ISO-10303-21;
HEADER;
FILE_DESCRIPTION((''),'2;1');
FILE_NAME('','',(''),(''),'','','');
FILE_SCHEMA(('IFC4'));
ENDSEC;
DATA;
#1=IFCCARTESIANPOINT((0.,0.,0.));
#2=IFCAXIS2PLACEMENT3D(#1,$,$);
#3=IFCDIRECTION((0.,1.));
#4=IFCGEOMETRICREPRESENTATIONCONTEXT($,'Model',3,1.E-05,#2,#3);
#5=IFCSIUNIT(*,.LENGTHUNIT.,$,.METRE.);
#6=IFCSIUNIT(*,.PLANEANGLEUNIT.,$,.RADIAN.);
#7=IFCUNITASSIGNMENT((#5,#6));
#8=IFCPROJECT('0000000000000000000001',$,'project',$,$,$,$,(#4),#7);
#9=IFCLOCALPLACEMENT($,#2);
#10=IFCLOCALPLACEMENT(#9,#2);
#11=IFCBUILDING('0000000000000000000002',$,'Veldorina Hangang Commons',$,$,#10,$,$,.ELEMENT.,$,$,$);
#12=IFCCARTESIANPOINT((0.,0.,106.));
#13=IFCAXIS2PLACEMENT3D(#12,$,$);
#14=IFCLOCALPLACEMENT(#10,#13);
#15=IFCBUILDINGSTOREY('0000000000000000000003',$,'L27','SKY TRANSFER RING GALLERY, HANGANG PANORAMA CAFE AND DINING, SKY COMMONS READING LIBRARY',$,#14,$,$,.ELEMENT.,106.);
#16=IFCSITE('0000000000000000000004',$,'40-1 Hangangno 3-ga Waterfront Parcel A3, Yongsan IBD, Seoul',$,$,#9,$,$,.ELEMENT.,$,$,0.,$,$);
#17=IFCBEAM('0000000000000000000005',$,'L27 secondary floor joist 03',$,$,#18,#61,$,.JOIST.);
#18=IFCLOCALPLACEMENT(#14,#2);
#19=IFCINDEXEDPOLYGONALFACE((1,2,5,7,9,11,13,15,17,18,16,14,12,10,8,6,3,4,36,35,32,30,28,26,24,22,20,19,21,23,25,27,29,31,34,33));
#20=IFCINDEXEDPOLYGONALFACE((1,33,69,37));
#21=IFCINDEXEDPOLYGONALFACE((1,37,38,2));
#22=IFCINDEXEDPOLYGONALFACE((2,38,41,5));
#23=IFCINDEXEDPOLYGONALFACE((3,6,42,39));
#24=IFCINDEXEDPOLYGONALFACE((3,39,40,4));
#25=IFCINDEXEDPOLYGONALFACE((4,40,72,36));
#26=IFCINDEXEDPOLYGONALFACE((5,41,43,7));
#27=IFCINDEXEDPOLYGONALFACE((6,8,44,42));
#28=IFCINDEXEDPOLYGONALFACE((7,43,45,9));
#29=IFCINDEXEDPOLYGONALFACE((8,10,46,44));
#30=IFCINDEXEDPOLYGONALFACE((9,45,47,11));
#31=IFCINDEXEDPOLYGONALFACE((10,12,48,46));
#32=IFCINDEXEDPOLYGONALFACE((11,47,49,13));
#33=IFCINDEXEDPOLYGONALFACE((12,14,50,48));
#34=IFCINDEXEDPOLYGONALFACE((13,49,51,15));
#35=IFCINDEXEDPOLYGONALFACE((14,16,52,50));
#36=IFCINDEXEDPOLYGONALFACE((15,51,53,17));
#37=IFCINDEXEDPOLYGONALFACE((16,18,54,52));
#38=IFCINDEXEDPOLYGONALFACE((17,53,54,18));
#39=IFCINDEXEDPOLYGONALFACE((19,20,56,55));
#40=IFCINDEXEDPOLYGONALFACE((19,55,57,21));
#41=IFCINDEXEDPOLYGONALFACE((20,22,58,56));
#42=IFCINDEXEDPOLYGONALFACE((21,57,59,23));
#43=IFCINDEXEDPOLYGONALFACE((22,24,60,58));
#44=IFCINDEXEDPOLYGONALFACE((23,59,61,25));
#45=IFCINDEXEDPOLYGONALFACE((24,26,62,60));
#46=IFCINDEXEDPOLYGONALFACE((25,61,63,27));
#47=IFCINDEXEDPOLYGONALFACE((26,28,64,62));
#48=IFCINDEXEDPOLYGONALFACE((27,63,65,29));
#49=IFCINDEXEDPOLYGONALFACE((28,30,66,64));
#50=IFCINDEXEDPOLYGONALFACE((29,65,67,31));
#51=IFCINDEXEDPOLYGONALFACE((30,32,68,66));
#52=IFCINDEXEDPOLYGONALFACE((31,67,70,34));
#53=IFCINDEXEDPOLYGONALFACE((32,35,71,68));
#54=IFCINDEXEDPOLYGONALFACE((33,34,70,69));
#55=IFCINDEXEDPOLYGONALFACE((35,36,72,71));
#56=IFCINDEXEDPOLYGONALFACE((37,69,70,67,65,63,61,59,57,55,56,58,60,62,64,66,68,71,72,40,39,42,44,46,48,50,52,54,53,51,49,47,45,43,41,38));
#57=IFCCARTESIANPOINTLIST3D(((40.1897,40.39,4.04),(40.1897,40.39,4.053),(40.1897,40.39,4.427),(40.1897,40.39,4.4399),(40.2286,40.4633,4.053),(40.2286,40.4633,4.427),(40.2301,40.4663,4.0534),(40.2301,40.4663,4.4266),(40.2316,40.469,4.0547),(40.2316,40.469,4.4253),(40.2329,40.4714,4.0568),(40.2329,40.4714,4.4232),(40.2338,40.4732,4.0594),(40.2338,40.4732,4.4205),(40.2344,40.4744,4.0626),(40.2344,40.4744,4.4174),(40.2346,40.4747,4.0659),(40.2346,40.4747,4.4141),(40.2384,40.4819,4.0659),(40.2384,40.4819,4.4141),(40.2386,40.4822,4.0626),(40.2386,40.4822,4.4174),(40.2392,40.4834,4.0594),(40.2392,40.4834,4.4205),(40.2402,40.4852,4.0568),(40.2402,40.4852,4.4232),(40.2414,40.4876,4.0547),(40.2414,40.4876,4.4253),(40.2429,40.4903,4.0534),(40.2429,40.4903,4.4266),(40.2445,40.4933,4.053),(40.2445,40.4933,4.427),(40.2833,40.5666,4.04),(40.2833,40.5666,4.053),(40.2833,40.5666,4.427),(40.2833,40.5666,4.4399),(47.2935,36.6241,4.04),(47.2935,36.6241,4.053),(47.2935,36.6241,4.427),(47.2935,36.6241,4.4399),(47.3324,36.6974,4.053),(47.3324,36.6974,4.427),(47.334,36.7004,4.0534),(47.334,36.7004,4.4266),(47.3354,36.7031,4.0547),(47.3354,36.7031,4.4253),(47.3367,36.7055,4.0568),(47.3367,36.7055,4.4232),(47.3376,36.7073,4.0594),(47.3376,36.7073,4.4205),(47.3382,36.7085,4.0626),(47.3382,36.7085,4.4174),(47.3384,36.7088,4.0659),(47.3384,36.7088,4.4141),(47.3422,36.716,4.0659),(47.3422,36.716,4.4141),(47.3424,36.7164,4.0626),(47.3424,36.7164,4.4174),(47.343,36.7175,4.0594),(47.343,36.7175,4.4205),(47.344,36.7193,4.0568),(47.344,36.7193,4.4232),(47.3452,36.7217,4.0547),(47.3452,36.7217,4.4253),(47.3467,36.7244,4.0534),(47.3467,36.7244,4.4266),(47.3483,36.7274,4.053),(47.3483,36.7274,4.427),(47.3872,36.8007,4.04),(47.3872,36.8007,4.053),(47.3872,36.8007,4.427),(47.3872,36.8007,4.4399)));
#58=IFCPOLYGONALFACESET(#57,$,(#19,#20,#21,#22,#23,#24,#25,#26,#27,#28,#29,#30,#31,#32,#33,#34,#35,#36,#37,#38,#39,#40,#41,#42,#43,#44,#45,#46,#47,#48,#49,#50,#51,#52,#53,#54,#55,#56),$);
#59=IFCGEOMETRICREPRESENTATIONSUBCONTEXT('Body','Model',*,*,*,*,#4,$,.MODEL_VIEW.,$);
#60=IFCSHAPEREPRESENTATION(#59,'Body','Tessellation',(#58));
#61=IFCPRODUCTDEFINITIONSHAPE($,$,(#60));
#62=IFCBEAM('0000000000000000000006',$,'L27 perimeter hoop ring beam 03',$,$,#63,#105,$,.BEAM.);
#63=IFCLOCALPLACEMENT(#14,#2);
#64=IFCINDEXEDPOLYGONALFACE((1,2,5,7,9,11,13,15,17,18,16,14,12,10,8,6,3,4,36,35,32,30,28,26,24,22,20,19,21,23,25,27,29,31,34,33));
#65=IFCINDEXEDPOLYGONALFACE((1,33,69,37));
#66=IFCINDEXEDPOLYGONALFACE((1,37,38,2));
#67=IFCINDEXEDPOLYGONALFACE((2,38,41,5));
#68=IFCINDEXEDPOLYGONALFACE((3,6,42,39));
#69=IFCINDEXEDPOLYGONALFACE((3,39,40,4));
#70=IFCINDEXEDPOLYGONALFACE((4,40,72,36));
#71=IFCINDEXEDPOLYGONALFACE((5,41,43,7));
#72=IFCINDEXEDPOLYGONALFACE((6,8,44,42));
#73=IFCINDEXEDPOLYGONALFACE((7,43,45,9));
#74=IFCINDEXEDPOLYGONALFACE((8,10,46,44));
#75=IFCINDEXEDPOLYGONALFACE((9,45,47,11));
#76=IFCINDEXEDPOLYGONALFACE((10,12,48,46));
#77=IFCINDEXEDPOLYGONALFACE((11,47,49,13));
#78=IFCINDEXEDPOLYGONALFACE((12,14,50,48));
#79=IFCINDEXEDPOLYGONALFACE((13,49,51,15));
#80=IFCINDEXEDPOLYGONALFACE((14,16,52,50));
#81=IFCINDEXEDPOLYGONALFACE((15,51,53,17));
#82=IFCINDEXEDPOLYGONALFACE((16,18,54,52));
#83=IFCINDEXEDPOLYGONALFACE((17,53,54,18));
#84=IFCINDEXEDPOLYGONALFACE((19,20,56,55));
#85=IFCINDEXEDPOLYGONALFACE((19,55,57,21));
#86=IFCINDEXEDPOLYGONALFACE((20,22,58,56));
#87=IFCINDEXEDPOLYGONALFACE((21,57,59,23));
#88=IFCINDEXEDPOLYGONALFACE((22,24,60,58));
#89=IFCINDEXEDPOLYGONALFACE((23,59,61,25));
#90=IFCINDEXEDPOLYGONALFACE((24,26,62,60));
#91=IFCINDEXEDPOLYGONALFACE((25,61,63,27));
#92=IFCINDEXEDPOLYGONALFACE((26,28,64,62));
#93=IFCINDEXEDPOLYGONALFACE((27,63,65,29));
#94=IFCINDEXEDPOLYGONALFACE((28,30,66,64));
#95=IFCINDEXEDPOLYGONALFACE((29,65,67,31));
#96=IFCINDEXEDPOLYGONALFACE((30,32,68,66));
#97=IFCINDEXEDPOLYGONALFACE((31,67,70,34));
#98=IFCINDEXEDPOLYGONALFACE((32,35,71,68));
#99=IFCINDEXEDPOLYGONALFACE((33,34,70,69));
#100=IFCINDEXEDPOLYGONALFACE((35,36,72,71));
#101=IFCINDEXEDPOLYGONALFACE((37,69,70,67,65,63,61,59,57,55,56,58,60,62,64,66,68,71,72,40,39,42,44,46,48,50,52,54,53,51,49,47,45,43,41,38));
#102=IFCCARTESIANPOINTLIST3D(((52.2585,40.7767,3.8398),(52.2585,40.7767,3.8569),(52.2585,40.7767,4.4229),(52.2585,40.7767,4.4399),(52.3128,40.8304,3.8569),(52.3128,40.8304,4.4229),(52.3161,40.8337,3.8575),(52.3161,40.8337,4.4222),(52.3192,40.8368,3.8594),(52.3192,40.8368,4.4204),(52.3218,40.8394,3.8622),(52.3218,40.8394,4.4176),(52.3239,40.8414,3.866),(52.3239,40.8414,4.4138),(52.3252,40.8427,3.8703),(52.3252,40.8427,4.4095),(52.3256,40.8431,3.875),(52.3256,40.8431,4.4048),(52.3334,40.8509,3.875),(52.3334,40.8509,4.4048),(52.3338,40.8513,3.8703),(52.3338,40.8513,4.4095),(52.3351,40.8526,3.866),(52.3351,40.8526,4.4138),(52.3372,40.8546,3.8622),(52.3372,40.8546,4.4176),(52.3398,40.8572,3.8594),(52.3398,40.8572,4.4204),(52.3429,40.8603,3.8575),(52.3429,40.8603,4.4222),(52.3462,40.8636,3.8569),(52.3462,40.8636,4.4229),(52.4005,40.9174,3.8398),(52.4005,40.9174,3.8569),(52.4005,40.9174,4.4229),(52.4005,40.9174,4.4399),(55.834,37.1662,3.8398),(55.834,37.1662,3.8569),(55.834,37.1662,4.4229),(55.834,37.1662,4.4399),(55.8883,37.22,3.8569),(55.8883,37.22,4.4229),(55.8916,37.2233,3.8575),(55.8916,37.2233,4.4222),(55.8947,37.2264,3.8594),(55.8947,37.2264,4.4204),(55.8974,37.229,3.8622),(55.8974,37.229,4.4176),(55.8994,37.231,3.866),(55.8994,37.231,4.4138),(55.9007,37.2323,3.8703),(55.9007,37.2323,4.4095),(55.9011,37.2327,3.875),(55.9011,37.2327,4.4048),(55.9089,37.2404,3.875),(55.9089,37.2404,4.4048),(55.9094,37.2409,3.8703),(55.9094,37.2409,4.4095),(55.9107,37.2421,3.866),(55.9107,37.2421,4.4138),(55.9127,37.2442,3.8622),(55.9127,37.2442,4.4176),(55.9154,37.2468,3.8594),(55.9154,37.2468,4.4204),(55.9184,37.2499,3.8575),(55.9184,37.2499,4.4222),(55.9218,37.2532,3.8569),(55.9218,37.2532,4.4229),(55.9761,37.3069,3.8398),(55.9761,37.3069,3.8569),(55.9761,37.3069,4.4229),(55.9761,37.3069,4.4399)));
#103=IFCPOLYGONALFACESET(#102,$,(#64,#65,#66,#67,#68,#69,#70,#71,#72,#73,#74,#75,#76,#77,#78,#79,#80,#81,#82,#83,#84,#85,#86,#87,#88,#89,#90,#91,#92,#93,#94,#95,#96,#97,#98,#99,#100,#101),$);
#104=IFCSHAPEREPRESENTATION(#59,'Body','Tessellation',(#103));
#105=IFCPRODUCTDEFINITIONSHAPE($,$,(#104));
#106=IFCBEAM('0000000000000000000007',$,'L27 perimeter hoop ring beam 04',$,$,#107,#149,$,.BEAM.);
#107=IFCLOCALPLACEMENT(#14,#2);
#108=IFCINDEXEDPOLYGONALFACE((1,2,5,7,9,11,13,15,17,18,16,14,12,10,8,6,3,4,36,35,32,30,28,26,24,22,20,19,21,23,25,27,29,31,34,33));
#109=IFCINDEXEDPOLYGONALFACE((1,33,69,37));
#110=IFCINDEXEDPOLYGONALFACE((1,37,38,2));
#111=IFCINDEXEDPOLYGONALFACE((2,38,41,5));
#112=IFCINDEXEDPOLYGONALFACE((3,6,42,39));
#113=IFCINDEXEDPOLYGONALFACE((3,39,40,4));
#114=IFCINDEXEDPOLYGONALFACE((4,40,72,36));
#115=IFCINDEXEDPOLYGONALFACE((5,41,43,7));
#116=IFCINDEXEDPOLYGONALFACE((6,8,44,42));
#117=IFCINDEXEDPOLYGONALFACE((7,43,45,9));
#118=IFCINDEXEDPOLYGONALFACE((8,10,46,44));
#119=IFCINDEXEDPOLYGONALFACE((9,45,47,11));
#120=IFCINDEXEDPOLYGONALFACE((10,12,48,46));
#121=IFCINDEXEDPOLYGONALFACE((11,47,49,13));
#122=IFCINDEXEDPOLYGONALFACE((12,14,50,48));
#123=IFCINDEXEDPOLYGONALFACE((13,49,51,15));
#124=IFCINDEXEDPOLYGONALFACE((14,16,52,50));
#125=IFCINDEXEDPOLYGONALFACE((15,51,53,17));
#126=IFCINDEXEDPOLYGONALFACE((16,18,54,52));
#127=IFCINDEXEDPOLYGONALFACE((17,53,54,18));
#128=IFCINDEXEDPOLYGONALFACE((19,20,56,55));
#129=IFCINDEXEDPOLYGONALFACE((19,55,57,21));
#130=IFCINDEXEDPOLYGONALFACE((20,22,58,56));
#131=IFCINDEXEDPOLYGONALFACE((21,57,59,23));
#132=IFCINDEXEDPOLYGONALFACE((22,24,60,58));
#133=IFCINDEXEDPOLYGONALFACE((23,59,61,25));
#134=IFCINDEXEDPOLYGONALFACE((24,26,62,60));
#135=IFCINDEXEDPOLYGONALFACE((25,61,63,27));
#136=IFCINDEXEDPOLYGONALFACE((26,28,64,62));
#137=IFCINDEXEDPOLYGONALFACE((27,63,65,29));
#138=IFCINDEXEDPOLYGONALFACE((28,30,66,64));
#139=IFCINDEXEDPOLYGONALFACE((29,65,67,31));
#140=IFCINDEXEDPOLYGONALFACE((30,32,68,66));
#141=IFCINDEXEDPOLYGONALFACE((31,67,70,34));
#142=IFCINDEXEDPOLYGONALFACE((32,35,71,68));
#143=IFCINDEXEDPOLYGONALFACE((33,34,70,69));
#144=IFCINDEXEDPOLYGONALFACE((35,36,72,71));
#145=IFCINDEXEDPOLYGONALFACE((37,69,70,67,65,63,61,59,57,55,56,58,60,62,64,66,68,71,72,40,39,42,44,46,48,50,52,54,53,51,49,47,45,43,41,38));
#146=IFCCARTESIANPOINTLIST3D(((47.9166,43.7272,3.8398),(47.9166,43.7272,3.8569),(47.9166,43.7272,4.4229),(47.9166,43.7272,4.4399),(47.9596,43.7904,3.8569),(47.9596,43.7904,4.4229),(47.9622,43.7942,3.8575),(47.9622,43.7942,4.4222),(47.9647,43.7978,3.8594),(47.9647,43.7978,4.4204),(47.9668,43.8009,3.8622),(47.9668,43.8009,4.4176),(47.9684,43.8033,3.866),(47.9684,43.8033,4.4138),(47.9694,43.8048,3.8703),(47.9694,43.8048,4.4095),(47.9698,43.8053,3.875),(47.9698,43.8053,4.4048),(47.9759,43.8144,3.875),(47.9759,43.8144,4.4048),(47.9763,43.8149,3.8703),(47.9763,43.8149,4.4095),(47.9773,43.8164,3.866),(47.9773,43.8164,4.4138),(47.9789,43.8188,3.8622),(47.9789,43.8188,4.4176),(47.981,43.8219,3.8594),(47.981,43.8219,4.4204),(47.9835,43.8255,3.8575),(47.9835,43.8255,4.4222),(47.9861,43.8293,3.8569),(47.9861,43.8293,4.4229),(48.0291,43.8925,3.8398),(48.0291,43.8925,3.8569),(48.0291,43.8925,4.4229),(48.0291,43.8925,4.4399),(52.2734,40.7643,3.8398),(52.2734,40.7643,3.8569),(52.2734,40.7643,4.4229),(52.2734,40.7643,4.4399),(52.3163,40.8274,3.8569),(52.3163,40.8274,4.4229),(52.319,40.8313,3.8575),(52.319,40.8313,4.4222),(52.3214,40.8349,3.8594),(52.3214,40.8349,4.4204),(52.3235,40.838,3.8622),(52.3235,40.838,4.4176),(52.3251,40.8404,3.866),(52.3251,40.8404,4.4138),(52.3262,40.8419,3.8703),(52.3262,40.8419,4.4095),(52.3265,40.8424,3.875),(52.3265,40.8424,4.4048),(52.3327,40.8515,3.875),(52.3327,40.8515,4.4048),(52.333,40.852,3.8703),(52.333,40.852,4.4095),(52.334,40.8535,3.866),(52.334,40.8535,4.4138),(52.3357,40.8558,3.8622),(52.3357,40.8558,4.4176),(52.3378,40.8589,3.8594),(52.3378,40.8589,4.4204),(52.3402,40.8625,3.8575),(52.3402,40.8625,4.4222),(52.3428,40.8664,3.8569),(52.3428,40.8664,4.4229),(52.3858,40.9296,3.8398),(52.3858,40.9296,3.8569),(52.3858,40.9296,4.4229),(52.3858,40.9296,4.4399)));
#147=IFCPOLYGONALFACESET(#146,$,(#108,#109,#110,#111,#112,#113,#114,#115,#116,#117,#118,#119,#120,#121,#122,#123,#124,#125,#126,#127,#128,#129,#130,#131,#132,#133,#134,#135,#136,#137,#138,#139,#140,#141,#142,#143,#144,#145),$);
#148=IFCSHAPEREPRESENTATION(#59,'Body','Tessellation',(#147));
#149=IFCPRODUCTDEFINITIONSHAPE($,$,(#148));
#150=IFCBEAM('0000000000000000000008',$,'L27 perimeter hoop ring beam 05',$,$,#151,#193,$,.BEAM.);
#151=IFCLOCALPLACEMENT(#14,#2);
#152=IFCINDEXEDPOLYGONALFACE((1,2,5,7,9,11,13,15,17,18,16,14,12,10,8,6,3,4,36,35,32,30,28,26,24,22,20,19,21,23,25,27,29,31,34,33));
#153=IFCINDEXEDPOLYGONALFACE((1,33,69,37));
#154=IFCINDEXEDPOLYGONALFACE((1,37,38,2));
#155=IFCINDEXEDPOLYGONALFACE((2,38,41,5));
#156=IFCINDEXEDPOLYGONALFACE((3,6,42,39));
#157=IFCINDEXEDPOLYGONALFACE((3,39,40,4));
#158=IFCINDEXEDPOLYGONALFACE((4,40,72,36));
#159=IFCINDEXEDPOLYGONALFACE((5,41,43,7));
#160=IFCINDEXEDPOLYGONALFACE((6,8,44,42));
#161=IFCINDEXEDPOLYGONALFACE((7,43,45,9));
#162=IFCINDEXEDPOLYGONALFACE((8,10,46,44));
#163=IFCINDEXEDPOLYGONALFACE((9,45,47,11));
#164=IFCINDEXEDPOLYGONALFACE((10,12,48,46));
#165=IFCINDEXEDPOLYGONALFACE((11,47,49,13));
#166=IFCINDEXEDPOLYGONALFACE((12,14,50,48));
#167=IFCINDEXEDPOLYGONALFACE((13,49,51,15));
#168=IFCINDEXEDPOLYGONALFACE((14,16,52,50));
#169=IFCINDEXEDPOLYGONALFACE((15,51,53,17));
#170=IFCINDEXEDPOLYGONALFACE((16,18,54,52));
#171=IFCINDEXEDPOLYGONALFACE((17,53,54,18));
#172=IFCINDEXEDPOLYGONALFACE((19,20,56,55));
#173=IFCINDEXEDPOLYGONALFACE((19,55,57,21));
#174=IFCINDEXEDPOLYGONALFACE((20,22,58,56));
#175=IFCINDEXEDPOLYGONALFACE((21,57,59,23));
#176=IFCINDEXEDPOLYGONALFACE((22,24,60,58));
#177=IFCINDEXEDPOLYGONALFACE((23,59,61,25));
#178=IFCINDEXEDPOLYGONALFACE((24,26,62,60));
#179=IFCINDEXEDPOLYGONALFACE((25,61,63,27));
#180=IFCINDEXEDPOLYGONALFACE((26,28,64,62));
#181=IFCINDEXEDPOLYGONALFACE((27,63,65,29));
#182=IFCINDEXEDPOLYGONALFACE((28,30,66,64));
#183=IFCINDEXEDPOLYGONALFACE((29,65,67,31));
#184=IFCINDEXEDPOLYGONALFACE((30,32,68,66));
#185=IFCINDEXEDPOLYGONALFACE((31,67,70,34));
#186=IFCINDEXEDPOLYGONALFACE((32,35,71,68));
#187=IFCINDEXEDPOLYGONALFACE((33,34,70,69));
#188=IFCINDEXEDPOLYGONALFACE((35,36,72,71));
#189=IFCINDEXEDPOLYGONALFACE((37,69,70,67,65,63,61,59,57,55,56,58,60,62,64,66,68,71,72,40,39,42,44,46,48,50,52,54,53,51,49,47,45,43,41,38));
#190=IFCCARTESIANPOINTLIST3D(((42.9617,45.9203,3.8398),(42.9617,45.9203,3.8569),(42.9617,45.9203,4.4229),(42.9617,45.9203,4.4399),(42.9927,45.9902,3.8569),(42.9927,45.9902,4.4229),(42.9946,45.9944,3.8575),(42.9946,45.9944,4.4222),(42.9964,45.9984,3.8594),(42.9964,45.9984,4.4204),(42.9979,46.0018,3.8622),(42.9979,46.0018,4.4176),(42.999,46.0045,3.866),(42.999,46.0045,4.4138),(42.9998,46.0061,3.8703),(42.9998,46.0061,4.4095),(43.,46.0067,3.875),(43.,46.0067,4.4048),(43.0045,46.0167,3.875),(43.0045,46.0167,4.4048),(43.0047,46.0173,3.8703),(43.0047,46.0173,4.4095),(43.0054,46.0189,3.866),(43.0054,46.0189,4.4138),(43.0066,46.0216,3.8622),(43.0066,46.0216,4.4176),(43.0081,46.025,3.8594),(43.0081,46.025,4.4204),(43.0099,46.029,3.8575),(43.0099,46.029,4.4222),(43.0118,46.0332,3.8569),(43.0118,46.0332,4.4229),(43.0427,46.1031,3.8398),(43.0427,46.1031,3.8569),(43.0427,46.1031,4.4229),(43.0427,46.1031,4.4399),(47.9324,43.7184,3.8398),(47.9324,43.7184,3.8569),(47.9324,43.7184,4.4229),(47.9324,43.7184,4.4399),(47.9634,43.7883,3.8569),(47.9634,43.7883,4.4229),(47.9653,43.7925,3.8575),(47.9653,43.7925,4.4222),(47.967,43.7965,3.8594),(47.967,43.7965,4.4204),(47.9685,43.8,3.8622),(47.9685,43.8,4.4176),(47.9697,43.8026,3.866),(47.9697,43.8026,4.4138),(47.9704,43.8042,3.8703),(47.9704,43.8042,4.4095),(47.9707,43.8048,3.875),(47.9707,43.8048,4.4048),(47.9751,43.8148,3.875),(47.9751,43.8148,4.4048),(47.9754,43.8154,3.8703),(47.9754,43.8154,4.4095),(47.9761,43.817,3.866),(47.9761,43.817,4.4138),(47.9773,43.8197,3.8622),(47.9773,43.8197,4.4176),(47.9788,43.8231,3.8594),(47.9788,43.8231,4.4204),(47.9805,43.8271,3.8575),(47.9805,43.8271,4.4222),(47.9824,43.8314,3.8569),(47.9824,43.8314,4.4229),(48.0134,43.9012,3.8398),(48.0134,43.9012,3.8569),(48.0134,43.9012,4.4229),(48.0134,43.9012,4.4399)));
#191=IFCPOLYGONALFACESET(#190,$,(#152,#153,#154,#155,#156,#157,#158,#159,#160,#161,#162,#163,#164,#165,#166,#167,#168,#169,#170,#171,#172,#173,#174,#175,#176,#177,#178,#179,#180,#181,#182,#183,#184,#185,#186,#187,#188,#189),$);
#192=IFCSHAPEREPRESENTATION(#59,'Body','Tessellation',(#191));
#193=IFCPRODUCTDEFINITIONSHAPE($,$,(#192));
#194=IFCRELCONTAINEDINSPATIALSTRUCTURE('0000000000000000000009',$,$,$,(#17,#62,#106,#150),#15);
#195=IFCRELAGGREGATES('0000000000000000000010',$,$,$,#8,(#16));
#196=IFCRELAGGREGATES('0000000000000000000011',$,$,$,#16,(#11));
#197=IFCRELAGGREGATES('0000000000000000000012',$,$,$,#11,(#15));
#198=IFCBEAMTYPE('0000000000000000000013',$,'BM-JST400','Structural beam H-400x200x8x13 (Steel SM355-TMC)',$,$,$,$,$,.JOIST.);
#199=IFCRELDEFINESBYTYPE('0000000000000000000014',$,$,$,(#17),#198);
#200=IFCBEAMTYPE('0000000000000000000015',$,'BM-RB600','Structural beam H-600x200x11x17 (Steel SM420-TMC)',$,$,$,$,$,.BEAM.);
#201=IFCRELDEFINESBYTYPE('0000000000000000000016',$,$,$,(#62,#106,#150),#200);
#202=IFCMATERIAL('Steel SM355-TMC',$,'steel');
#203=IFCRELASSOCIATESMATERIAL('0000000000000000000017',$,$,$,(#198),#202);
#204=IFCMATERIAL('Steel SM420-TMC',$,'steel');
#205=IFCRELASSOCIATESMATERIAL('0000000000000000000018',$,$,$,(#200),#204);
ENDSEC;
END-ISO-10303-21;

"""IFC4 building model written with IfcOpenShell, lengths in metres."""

from ifc_helpers import new_model, si_unit, direction, frame, origin, origin_2d, place, context, subcontext, project, spatial, i_section, extrude, material, material_profile, profile_set, type_object, element, save


model = new_model("IFC4")

# Units and contexts
model_context = context("Model", 3, precision=1e-05, world=origin(), true_north=direction((0.0, 1.0)))
body_context = subcontext(model_context, "Body", "Model", "MODEL_VIEW")
ifc_project = project(units=[si_unit("LENGTHUNIT", "METRE"), si_unit("PLANEANGLEUNIT", "RADIAN")], contexts=[model_context])

# Site, building, storey
site_placement = place(None, origin())
site = spatial("IfcSite", under=ifc_project, at=site_placement, Name="40-1 Hangangno 3-ga Waterfront Parcel A3, Yongsan IBD, Seoul", CompositionType="ELEMENT", RefElevation=0.0)
building_placement = place(site_placement, origin())
building = spatial("IfcBuilding", under=site, at=building_placement, Name="Veldorina Hangang Commons", CompositionType="ELEMENT")
storey_placement = place(building_placement, frame((0.0, 0.0, 106.0)))
storey = spatial("IfcBuildingStorey", under=building, at=storey_placement, Name="L27", Description="SKY TRANSFER RING GALLERY, HANGANG PANORAMA CAFE AND DINING, SKY COMMONS READING LIBRARY", CompositionType="ELEMENT", Elevation=106.0)

# Beams
ifc_material_1 = material(Name="Steel SM355-TMC", Category="steel")
ifc_material_profile_1 = material_profile(ifc_material_1, i_section(OverallWidth=0.2, OverallDepth=0.3999, WebThickness=0.0081, FlangeThickness=0.0129, FilletRadius=0.0129, at=origin_2d()), Name="H-400x200x8x13")
ifc_profile_set_1 = profile_set([ifc_material_profile_1], Name="Steel SM355-TMC")
beam_type_1 = type_object("IfcBeamType", Name="BM-JST400", Description="Structural beam H-400x200x8x13 (Steel SM355-TMC)", PredefinedType="JOIST", material=ifc_profile_set_1)
beam_1_placement = place(storey_placement, frame((47.3403, 36.7124, 4.24), z_axis=(-0.883528, 0.468379, 0.0), x_axis=(-0.468379, -0.883528, 0.0)))
element("IfcBeam", 1, at=beam_1_placement, inside=storey, type_object=beam_type_1, Name="L27 secondary floor joist 03", PredefinedType="JOIST", context=body_context, shape_type="SweptSolid", body=[
    extrude(i_section(OverallWidth=0.2, OverallDepth=0.3999, WebThickness=0.0081, FlangeThickness=0.0129, FilletRadius=0.0129, at=origin_2d()), origin(), (0.0, 0.0, 1.0), 8.0403),
])
ifc_material_2 = material(Name="Steel SM420-TMC", Category="steel")
ifc_material_profile_2 = material_profile(ifc_material_2, i_section(OverallWidth=0.2, OverallDepth=0.6001, WebThickness=0.011, FlangeThickness=0.0171, FilletRadius=0.0181, at=origin_2d()), Name="H-600x200x11x17")
ifc_profile_set_2 = profile_set([ifc_material_profile_2], Name="Steel SM420-TMC")
beam_type_2 = type_object("IfcBeamType", Name="BM-RB600", Description="Structural beam H-600x200x11x17 (Steel SM420-TMC)", PredefinedType="BEAM", material=ifc_profile_set_2)
beam_2_placement = place(storey_placement, frame((55.905, 37.2366, 4.1399), z_axis=(-0.703663, 0.710534, 0.0), x_axis=(-0.710534, -0.703663, 0.0)))
element("IfcBeam", 2, at=beam_2_placement, inside=storey, type_object=beam_type_2, Name="L27 perimeter hoop ring beam 03", PredefinedType="BEAM", context=body_context, shape_type="SweptSolid", body=[
    extrude(i_section(OverallWidth=0.2, OverallDepth=0.6001, WebThickness=0.011, FlangeThickness=0.0171, FilletRadius=0.0181, at=origin_2d()), origin(), (0.0, 0.0, 1.0), 5.0813),
])
beam_3_placement = place(storey_placement, frame((52.3296, 40.8469, 4.1399), z_axis=(-0.826896, 0.562354, 0.0), x_axis=(-0.562354, -0.826896, 0.0)))
element("IfcBeam", 3, at=beam_3_placement, inside=storey, type_object=beam_type_2, Name="L27 perimeter hoop ring beam 04", PredefinedType="BEAM", context=body_context, shape_type="SweptSolid", body=[
    extrude(i_section(OverallWidth=0.2, OverallDepth=0.6001, WebThickness=0.011, FlangeThickness=0.0171, FilletRadius=0.0181, at=origin_2d()), origin(), (0.0, 0.0, 1.0), 5.2688),
])
beam_4_placement = place(storey_placement, frame((47.9729, 43.8098, 4.1399), z_axis=(-0.914309, 0.405017, 0.0), x_axis=(-0.405017, -0.914309, 0.0)))
element("IfcBeam", 4, at=beam_4_placement, inside=storey, type_object=beam_type_2, Name="L27 perimeter hoop ring beam 05", PredefinedType="BEAM", context=body_context, shape_type="SweptSolid", body=[
    extrude(i_section(OverallWidth=0.2, OverallDepth=0.6001, WebThickness=0.011, FlangeThickness=0.0171, FilletRadius=0.0181, at=origin_2d()), origin(), (0.0, 0.0, 1.0), 5.4365),
])

save(model, "model.ifc")
